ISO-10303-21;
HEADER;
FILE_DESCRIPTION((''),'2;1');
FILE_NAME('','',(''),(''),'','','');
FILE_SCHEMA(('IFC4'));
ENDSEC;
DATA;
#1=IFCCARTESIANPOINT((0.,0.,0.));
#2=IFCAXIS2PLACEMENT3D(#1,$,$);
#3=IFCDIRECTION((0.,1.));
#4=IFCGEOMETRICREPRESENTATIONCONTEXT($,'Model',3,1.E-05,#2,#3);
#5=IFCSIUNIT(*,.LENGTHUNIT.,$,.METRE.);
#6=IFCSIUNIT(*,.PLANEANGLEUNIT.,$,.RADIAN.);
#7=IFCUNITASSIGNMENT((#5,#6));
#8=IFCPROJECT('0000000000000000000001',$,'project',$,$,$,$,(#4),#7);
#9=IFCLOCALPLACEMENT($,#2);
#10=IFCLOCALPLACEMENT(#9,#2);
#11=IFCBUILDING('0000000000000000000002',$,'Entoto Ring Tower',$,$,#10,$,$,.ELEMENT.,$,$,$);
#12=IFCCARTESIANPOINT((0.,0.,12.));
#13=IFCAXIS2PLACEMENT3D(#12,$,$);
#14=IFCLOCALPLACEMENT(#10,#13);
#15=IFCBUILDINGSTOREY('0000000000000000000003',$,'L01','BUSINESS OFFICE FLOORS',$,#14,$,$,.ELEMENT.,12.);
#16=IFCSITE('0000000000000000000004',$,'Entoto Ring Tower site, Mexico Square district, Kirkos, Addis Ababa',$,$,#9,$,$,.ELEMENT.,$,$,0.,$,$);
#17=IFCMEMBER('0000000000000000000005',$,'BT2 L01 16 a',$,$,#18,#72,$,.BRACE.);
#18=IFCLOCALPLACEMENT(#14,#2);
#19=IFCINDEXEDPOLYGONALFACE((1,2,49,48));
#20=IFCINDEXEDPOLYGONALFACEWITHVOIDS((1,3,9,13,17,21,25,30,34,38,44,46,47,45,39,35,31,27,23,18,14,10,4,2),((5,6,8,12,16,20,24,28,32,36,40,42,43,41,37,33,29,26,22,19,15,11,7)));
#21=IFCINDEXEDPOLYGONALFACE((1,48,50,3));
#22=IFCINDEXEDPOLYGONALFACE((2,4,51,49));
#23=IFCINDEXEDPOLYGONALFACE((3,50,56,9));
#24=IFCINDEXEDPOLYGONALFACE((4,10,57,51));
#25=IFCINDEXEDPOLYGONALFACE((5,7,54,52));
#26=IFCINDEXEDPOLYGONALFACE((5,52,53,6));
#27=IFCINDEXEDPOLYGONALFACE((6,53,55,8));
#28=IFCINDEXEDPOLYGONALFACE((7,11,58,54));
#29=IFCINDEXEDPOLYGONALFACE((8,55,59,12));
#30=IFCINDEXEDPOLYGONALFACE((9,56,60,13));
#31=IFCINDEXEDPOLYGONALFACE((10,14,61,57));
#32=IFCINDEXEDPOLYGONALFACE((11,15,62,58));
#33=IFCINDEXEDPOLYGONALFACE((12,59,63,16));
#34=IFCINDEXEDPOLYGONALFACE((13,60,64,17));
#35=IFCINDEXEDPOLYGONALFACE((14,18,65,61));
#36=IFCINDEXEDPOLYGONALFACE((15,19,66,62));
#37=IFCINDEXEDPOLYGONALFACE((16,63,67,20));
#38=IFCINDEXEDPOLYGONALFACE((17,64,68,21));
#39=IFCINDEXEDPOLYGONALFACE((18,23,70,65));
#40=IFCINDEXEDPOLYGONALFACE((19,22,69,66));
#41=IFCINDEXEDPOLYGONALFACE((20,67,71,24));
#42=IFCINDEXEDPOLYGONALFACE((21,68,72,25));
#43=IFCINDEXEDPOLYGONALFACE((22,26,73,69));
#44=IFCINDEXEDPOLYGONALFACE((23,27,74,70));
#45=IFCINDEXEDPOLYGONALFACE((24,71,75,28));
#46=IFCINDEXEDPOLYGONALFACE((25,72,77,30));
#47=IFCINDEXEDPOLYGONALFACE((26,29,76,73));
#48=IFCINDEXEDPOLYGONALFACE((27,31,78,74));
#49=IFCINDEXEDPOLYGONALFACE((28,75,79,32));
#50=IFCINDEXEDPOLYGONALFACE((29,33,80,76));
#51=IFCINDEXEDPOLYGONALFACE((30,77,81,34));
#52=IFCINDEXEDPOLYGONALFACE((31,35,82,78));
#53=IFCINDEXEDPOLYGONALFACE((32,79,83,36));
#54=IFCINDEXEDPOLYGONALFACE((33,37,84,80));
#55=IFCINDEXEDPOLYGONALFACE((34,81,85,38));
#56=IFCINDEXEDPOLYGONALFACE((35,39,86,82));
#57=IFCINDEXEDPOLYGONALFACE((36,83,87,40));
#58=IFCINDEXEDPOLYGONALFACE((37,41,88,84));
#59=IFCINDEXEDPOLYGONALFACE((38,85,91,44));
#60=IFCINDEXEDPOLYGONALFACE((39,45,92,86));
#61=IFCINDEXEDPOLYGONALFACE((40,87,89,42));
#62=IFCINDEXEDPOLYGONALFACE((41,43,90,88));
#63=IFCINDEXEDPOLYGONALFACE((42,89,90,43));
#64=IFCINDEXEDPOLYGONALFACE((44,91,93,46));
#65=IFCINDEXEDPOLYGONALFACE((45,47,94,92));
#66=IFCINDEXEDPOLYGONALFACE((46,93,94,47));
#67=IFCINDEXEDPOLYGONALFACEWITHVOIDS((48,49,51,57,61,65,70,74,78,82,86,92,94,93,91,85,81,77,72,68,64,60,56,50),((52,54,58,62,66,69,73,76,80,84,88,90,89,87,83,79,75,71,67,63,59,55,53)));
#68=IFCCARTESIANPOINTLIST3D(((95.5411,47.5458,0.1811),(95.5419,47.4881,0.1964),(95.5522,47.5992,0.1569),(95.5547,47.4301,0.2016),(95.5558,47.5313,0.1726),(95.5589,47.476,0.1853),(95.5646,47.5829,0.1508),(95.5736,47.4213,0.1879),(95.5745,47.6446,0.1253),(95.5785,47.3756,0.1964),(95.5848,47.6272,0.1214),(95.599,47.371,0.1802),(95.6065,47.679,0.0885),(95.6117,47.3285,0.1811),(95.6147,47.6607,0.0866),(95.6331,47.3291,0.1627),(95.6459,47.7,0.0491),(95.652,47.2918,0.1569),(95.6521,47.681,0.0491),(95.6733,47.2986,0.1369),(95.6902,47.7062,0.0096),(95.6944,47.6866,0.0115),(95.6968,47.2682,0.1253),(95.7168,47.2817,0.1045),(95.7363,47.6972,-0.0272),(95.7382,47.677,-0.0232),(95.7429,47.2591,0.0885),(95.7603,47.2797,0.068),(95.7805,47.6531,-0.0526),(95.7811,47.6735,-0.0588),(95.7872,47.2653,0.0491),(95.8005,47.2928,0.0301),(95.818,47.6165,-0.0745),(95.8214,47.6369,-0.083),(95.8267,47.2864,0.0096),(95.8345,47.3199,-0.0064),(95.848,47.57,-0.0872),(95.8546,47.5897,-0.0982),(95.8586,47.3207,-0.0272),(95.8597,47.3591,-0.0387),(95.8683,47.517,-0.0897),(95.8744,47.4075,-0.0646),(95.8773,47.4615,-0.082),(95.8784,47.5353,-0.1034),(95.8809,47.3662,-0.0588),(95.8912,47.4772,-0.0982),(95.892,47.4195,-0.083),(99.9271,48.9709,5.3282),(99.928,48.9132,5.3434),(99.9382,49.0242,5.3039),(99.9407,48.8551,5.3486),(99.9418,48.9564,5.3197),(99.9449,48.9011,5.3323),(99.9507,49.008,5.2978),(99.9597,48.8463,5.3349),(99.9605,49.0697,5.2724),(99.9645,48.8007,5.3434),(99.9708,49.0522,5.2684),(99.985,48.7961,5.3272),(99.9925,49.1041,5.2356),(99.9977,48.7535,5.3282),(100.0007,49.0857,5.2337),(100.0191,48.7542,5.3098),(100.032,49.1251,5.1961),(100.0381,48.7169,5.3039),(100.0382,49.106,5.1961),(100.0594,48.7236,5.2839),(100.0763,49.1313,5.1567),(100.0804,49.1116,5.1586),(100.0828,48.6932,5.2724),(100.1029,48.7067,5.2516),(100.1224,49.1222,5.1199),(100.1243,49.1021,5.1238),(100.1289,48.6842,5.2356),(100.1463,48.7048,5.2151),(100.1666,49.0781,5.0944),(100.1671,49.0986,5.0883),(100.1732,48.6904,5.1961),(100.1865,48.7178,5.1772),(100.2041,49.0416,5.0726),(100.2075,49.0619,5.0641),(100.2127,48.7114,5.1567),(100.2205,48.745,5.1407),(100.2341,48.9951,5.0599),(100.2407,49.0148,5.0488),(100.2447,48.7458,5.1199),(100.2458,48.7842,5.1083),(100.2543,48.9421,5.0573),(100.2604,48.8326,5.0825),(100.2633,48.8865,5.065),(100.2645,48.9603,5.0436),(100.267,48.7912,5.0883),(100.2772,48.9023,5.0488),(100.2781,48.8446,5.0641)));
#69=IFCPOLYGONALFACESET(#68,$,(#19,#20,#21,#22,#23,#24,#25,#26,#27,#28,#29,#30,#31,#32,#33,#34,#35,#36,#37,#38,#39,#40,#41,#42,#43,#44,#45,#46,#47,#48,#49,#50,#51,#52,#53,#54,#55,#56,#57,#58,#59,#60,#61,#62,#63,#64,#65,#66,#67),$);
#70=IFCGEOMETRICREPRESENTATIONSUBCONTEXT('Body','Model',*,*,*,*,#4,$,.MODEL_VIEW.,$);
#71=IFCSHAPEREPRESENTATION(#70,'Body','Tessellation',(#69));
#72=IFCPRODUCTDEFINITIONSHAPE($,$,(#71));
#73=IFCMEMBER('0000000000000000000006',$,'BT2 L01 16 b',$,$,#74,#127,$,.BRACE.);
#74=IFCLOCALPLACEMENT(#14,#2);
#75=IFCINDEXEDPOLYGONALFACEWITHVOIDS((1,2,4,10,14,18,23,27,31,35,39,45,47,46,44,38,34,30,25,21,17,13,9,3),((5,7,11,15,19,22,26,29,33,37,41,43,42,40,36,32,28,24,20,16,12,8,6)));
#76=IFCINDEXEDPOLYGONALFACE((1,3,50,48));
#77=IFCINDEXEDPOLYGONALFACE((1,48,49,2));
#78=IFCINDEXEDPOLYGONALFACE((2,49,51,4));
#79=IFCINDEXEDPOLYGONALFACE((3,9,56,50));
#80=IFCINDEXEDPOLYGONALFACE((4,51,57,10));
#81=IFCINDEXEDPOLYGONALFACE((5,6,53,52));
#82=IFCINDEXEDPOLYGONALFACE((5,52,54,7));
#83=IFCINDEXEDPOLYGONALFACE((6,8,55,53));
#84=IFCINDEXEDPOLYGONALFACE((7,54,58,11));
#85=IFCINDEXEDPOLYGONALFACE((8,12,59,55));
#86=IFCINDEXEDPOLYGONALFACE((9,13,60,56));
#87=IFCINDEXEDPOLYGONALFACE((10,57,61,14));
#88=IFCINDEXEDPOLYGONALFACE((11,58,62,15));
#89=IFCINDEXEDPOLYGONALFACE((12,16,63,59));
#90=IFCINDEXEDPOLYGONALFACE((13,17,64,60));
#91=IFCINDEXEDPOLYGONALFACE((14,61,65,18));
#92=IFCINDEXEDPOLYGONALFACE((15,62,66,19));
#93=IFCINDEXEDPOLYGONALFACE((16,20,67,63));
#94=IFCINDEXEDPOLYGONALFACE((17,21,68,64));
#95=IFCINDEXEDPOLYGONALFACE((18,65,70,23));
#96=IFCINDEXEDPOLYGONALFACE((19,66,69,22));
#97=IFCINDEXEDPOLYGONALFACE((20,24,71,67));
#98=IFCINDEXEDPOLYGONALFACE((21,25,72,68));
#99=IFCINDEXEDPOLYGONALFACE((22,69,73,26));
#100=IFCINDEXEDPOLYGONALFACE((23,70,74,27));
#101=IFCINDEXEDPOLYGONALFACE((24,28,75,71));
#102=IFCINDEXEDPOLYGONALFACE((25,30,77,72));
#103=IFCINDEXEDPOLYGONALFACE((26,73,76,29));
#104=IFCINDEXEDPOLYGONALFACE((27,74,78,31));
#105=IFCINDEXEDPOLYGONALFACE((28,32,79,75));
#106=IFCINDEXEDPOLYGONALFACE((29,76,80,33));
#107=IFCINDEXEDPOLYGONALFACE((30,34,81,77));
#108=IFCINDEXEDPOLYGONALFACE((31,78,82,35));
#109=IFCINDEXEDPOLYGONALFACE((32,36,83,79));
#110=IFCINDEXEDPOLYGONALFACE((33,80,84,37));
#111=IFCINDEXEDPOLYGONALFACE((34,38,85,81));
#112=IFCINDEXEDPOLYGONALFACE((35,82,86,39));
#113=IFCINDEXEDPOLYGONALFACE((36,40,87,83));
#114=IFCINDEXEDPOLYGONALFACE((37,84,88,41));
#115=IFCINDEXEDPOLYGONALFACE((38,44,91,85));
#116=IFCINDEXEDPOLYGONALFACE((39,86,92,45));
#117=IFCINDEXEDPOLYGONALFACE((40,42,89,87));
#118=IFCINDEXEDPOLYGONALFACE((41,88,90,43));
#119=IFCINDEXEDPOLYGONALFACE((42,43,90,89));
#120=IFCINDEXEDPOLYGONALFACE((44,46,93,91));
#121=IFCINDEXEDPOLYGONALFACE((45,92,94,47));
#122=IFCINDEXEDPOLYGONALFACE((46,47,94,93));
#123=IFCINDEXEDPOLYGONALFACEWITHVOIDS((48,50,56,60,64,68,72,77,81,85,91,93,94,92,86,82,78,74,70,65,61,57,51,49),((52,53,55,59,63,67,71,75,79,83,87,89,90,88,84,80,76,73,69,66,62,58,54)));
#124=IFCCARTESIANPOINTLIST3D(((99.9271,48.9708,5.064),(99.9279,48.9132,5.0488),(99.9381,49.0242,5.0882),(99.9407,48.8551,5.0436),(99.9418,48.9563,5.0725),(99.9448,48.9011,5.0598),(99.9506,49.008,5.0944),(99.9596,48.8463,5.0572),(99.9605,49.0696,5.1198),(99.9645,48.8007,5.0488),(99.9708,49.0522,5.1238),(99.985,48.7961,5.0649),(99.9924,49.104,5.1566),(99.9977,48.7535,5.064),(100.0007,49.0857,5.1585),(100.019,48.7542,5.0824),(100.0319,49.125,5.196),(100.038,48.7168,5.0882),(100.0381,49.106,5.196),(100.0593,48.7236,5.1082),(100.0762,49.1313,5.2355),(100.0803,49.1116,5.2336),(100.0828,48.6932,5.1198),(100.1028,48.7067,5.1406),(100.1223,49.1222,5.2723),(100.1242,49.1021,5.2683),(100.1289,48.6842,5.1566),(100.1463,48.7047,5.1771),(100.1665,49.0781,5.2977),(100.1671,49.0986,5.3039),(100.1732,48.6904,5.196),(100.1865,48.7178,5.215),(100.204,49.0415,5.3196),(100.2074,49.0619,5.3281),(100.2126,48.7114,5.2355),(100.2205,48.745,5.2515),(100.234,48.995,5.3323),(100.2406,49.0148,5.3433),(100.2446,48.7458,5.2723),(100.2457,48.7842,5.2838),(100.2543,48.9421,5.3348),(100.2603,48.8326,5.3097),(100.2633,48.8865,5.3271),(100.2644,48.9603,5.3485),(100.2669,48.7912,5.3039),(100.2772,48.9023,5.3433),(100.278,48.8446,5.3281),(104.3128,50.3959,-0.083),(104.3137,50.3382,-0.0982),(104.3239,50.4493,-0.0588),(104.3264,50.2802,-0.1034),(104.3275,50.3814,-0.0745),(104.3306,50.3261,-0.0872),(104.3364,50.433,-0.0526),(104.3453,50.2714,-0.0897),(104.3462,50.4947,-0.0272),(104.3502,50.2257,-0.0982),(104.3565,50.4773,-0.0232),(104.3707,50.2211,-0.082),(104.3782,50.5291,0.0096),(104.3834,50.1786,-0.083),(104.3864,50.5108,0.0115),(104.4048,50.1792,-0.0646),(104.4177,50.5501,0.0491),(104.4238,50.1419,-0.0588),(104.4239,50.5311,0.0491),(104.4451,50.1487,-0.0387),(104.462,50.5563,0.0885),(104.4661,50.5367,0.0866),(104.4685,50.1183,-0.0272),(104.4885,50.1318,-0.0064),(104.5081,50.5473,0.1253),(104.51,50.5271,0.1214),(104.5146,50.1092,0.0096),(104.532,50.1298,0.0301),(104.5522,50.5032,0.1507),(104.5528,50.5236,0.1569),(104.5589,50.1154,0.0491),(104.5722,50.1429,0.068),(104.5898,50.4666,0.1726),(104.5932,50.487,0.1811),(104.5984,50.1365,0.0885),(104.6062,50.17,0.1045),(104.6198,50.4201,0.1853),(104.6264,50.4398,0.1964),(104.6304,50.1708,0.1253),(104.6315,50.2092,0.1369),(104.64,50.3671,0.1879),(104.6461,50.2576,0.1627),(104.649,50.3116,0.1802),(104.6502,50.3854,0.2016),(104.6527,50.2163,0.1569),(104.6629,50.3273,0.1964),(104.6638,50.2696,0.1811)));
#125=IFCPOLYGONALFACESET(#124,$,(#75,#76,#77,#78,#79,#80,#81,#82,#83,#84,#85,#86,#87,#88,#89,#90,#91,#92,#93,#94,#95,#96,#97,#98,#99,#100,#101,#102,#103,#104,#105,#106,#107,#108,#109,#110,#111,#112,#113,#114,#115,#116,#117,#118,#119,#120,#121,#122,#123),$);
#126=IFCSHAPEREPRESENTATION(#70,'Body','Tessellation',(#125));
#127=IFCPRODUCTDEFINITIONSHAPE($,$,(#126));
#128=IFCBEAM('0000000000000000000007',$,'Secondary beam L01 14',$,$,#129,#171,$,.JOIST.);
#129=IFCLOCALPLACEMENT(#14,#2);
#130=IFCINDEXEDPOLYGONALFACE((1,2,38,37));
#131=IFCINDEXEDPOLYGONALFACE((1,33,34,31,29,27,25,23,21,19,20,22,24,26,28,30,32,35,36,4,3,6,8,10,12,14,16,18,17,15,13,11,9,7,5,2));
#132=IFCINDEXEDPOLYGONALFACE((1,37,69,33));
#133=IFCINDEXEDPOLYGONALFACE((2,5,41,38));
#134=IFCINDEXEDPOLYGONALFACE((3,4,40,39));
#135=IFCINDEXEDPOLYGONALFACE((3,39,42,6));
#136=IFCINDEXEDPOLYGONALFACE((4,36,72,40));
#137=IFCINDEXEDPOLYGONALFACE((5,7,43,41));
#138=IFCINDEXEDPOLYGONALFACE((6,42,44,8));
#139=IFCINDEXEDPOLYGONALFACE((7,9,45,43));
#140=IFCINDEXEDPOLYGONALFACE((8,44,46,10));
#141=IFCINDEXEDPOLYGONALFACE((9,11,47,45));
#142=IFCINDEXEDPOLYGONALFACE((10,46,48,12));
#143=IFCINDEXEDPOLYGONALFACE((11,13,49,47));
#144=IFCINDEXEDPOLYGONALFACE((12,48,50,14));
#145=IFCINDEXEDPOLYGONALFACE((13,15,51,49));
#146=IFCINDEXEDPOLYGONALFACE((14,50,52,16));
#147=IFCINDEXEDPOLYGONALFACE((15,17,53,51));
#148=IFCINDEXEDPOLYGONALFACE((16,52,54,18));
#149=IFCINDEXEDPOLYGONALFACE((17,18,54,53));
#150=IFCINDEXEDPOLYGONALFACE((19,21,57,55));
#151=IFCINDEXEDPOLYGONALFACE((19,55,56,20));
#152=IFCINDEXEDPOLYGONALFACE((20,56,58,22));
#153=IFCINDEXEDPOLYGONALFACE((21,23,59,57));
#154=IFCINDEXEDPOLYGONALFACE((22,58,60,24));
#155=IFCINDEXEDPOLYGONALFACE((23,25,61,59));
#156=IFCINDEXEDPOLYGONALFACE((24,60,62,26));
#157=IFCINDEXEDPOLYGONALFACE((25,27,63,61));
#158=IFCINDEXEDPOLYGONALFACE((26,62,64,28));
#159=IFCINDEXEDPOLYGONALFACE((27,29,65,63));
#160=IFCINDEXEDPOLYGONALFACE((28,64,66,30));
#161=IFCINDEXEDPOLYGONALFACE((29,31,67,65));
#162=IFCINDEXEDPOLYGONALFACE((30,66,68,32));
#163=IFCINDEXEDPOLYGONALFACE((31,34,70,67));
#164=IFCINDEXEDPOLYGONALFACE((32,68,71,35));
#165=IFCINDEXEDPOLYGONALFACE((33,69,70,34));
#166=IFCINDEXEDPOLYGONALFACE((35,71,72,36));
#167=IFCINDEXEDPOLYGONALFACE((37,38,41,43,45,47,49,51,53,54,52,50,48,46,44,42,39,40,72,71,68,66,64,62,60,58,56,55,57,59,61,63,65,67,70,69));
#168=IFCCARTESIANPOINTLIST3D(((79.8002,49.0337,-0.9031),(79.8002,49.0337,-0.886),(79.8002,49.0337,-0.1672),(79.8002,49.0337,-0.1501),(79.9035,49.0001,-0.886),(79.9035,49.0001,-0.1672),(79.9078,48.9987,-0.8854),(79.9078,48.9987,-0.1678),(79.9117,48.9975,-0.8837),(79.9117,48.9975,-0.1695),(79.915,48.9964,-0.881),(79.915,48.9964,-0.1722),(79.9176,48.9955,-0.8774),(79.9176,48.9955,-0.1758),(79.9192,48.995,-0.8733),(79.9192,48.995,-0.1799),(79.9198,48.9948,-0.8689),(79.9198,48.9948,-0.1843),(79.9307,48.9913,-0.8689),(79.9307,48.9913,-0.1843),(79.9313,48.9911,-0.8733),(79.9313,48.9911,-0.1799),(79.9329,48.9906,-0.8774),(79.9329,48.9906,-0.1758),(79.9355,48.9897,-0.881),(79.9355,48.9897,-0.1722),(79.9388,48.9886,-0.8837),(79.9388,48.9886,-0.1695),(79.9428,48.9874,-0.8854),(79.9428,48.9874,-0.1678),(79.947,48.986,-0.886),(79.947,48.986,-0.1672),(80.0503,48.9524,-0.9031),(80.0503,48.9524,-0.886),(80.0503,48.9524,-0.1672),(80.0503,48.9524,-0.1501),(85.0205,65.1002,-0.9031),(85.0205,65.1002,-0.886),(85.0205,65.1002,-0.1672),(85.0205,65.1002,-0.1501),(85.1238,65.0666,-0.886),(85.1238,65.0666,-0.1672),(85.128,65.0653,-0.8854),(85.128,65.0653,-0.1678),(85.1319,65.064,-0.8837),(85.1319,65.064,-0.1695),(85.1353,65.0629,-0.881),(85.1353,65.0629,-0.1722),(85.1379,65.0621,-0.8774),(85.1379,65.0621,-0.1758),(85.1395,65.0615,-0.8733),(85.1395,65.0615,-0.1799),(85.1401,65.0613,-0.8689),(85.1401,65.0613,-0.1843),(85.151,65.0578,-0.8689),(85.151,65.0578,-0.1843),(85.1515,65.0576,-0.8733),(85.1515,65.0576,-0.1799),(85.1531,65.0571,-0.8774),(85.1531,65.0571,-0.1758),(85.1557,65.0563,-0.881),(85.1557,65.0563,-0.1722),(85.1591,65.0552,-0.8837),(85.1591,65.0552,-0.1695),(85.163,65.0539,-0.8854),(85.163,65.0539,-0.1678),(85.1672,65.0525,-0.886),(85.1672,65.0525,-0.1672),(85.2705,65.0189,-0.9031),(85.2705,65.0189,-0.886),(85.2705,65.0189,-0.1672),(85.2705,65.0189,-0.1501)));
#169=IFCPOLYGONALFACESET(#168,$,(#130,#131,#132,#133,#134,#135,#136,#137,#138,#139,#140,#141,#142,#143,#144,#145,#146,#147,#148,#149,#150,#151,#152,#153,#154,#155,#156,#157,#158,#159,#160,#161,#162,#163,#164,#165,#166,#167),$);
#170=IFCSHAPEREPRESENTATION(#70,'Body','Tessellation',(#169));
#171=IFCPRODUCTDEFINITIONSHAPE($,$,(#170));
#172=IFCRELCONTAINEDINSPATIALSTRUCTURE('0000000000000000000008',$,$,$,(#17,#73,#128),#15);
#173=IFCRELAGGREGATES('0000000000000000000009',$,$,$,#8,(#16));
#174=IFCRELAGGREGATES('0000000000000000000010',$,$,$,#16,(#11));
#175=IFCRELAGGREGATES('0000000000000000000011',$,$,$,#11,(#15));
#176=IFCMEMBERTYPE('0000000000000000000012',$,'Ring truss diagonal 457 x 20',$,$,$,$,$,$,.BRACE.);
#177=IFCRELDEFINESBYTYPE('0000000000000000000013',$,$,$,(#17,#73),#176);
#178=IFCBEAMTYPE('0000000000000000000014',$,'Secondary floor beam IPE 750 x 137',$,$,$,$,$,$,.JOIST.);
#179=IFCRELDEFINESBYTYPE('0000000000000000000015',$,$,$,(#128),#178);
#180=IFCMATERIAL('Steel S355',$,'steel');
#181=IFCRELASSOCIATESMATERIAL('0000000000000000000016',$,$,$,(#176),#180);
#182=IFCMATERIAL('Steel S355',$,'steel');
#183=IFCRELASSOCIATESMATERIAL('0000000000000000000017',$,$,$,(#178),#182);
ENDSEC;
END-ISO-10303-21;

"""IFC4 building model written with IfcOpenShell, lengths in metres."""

from ifc_helpers import new_model, si_unit, direction, frame, origin, origin_2d, place, context, subcontext, project, spatial, circle, hollow_circle, i_section, extrude, material, material_profile, profile_set, type_object, element, save


model = new_model("IFC4")

# Units and contexts
model_context = context("Model", 3, precision=1e-05, world=origin(), true_north=direction((0.0, 1.0)))
body_context = subcontext(model_context, "Body", "Model", "MODEL_VIEW")
ifc_project = project(units=[si_unit("LENGTHUNIT", "METRE"), si_unit("PLANEANGLEUNIT", "RADIAN")], contexts=[model_context])

# Site, building, storey
site_placement = place(None, origin())
site = spatial("IfcSite", under=ifc_project, at=site_placement, Name="Entoto Ring Tower site, Mexico Square district, Kirkos, Addis Ababa", CompositionType="ELEMENT", RefElevation=0.0)
building_placement = place(site_placement, origin())
building = spatial("IfcBuilding", under=site, at=building_placement, Name="Entoto Ring Tower", CompositionType="ELEMENT")
storey_placement = place(building_placement, frame((0.0, 0.0, 12.0)))
storey = spatial("IfcBuildingStorey", under=building, at=storey_placement, Name="L01", Description="BUSINESS OFFICE FLOORS", CompositionType="ELEMENT", Elevation=12.0)

# Members
ifc_material_1 = material(Name="Steel S355", Category="steel")
ifc_material_profile_1 = material_profile(ifc_material_1, hollow_circle(Radius=0.2285, WallThickness=0.02, at=origin_2d()), Name="CHS 457 x 20")
ifc_material_2 = material(Name="Concrete C60/75", Category="concrete")
ifc_material_profile_2 = material_profile(ifc_material_2, circle(Radius=0.2085, at=origin_2d()), Name="Concrete C60/75 infill")
ifc_profile_set_1 = profile_set([ifc_material_profile_1, ifc_material_profile_2], Name="Steel S355")
member_type_1 = type_object("IfcMemberType", Name="Ring truss diagonal 457 x 20", PredefinedType="BRACE", material=ifc_profile_set_1)
member_1_placement = place(storey_placement, frame((95.7166, 47.4827, 0.0491), z_axis=(0.634658, 0.206206, 0.744774), x_axis=(-0.309008, 0.951059, 0.0)))
element("IfcMember", 1, at=member_1_placement, inside=storey, type_object=member_type_1, Name="BT2 L01 16 a", PredefinedType="BRACE", context=body_context, shape_type="SweptSolid", body=[
    extrude(hollow_circle(Radius=0.2285, WallThickness=0.02, at=origin_2d()), origin(), (0.0, 0.0, 1.0), 6.9109),
])
member_2_placement = place(storey_placement, frame((100.1025, 48.9077, 5.196), z_axis=(0.634637, 0.206211, -0.744791), x_axis=(-0.309024, 0.951054, 0.0)))
element("IfcMember", 2, at=member_2_placement, inside=storey, type_object=member_type_1, Name="BT2 L01 16 b", PredefinedType="BRACE", context=body_context, shape_type="SweptSolid", body=[
    extrude(hollow_circle(Radius=0.2285, WallThickness=0.02, at=origin_2d()), origin(), (0.0, 0.0, 1.0), 6.9106),
])

# Beam
ifc_material_3 = material(Name="Steel S355", Category="steel")
ifc_material_profile_3 = material_profile(ifc_material_3, i_section(OverallWidth=0.2629, OverallDepth=0.7529, WebThickness=0.0115, FlangeThickness=0.0171, FilletRadius=0.0171, at=origin_2d()), Name="IPE 750 x 137")
ifc_profile_set_2 = profile_set([ifc_material_profile_3], Name="Steel S355")
beam_type_1 = type_object("IfcBeamType", Name="Secondary floor beam IPE 750 x 137", PredefinedType="JOIST", material=ifc_profile_set_2)
beam_1_placement = place(storey_placement, frame((85.1455, 65.0596, -0.5266), z_axis=(-0.309013, -0.951058, 0.0), x_axis=(0.951058, -0.309013, 0.0)))
element("IfcBeam", 3, at=beam_1_placement, inside=storey, type_object=beam_type_1, Name="Secondary beam L01 14", PredefinedType="JOIST", context=body_context, shape_type="SweptSolid", body=[
    extrude(i_section(OverallWidth=0.2629, OverallDepth=0.7529, WebThickness=0.0115, FlangeThickness=0.0171, FilletRadius=0.0171, at=origin_2d()), origin(), (0.0, 0.0, 1.0), 16.8933),
])

save(model, "model.ifc")
